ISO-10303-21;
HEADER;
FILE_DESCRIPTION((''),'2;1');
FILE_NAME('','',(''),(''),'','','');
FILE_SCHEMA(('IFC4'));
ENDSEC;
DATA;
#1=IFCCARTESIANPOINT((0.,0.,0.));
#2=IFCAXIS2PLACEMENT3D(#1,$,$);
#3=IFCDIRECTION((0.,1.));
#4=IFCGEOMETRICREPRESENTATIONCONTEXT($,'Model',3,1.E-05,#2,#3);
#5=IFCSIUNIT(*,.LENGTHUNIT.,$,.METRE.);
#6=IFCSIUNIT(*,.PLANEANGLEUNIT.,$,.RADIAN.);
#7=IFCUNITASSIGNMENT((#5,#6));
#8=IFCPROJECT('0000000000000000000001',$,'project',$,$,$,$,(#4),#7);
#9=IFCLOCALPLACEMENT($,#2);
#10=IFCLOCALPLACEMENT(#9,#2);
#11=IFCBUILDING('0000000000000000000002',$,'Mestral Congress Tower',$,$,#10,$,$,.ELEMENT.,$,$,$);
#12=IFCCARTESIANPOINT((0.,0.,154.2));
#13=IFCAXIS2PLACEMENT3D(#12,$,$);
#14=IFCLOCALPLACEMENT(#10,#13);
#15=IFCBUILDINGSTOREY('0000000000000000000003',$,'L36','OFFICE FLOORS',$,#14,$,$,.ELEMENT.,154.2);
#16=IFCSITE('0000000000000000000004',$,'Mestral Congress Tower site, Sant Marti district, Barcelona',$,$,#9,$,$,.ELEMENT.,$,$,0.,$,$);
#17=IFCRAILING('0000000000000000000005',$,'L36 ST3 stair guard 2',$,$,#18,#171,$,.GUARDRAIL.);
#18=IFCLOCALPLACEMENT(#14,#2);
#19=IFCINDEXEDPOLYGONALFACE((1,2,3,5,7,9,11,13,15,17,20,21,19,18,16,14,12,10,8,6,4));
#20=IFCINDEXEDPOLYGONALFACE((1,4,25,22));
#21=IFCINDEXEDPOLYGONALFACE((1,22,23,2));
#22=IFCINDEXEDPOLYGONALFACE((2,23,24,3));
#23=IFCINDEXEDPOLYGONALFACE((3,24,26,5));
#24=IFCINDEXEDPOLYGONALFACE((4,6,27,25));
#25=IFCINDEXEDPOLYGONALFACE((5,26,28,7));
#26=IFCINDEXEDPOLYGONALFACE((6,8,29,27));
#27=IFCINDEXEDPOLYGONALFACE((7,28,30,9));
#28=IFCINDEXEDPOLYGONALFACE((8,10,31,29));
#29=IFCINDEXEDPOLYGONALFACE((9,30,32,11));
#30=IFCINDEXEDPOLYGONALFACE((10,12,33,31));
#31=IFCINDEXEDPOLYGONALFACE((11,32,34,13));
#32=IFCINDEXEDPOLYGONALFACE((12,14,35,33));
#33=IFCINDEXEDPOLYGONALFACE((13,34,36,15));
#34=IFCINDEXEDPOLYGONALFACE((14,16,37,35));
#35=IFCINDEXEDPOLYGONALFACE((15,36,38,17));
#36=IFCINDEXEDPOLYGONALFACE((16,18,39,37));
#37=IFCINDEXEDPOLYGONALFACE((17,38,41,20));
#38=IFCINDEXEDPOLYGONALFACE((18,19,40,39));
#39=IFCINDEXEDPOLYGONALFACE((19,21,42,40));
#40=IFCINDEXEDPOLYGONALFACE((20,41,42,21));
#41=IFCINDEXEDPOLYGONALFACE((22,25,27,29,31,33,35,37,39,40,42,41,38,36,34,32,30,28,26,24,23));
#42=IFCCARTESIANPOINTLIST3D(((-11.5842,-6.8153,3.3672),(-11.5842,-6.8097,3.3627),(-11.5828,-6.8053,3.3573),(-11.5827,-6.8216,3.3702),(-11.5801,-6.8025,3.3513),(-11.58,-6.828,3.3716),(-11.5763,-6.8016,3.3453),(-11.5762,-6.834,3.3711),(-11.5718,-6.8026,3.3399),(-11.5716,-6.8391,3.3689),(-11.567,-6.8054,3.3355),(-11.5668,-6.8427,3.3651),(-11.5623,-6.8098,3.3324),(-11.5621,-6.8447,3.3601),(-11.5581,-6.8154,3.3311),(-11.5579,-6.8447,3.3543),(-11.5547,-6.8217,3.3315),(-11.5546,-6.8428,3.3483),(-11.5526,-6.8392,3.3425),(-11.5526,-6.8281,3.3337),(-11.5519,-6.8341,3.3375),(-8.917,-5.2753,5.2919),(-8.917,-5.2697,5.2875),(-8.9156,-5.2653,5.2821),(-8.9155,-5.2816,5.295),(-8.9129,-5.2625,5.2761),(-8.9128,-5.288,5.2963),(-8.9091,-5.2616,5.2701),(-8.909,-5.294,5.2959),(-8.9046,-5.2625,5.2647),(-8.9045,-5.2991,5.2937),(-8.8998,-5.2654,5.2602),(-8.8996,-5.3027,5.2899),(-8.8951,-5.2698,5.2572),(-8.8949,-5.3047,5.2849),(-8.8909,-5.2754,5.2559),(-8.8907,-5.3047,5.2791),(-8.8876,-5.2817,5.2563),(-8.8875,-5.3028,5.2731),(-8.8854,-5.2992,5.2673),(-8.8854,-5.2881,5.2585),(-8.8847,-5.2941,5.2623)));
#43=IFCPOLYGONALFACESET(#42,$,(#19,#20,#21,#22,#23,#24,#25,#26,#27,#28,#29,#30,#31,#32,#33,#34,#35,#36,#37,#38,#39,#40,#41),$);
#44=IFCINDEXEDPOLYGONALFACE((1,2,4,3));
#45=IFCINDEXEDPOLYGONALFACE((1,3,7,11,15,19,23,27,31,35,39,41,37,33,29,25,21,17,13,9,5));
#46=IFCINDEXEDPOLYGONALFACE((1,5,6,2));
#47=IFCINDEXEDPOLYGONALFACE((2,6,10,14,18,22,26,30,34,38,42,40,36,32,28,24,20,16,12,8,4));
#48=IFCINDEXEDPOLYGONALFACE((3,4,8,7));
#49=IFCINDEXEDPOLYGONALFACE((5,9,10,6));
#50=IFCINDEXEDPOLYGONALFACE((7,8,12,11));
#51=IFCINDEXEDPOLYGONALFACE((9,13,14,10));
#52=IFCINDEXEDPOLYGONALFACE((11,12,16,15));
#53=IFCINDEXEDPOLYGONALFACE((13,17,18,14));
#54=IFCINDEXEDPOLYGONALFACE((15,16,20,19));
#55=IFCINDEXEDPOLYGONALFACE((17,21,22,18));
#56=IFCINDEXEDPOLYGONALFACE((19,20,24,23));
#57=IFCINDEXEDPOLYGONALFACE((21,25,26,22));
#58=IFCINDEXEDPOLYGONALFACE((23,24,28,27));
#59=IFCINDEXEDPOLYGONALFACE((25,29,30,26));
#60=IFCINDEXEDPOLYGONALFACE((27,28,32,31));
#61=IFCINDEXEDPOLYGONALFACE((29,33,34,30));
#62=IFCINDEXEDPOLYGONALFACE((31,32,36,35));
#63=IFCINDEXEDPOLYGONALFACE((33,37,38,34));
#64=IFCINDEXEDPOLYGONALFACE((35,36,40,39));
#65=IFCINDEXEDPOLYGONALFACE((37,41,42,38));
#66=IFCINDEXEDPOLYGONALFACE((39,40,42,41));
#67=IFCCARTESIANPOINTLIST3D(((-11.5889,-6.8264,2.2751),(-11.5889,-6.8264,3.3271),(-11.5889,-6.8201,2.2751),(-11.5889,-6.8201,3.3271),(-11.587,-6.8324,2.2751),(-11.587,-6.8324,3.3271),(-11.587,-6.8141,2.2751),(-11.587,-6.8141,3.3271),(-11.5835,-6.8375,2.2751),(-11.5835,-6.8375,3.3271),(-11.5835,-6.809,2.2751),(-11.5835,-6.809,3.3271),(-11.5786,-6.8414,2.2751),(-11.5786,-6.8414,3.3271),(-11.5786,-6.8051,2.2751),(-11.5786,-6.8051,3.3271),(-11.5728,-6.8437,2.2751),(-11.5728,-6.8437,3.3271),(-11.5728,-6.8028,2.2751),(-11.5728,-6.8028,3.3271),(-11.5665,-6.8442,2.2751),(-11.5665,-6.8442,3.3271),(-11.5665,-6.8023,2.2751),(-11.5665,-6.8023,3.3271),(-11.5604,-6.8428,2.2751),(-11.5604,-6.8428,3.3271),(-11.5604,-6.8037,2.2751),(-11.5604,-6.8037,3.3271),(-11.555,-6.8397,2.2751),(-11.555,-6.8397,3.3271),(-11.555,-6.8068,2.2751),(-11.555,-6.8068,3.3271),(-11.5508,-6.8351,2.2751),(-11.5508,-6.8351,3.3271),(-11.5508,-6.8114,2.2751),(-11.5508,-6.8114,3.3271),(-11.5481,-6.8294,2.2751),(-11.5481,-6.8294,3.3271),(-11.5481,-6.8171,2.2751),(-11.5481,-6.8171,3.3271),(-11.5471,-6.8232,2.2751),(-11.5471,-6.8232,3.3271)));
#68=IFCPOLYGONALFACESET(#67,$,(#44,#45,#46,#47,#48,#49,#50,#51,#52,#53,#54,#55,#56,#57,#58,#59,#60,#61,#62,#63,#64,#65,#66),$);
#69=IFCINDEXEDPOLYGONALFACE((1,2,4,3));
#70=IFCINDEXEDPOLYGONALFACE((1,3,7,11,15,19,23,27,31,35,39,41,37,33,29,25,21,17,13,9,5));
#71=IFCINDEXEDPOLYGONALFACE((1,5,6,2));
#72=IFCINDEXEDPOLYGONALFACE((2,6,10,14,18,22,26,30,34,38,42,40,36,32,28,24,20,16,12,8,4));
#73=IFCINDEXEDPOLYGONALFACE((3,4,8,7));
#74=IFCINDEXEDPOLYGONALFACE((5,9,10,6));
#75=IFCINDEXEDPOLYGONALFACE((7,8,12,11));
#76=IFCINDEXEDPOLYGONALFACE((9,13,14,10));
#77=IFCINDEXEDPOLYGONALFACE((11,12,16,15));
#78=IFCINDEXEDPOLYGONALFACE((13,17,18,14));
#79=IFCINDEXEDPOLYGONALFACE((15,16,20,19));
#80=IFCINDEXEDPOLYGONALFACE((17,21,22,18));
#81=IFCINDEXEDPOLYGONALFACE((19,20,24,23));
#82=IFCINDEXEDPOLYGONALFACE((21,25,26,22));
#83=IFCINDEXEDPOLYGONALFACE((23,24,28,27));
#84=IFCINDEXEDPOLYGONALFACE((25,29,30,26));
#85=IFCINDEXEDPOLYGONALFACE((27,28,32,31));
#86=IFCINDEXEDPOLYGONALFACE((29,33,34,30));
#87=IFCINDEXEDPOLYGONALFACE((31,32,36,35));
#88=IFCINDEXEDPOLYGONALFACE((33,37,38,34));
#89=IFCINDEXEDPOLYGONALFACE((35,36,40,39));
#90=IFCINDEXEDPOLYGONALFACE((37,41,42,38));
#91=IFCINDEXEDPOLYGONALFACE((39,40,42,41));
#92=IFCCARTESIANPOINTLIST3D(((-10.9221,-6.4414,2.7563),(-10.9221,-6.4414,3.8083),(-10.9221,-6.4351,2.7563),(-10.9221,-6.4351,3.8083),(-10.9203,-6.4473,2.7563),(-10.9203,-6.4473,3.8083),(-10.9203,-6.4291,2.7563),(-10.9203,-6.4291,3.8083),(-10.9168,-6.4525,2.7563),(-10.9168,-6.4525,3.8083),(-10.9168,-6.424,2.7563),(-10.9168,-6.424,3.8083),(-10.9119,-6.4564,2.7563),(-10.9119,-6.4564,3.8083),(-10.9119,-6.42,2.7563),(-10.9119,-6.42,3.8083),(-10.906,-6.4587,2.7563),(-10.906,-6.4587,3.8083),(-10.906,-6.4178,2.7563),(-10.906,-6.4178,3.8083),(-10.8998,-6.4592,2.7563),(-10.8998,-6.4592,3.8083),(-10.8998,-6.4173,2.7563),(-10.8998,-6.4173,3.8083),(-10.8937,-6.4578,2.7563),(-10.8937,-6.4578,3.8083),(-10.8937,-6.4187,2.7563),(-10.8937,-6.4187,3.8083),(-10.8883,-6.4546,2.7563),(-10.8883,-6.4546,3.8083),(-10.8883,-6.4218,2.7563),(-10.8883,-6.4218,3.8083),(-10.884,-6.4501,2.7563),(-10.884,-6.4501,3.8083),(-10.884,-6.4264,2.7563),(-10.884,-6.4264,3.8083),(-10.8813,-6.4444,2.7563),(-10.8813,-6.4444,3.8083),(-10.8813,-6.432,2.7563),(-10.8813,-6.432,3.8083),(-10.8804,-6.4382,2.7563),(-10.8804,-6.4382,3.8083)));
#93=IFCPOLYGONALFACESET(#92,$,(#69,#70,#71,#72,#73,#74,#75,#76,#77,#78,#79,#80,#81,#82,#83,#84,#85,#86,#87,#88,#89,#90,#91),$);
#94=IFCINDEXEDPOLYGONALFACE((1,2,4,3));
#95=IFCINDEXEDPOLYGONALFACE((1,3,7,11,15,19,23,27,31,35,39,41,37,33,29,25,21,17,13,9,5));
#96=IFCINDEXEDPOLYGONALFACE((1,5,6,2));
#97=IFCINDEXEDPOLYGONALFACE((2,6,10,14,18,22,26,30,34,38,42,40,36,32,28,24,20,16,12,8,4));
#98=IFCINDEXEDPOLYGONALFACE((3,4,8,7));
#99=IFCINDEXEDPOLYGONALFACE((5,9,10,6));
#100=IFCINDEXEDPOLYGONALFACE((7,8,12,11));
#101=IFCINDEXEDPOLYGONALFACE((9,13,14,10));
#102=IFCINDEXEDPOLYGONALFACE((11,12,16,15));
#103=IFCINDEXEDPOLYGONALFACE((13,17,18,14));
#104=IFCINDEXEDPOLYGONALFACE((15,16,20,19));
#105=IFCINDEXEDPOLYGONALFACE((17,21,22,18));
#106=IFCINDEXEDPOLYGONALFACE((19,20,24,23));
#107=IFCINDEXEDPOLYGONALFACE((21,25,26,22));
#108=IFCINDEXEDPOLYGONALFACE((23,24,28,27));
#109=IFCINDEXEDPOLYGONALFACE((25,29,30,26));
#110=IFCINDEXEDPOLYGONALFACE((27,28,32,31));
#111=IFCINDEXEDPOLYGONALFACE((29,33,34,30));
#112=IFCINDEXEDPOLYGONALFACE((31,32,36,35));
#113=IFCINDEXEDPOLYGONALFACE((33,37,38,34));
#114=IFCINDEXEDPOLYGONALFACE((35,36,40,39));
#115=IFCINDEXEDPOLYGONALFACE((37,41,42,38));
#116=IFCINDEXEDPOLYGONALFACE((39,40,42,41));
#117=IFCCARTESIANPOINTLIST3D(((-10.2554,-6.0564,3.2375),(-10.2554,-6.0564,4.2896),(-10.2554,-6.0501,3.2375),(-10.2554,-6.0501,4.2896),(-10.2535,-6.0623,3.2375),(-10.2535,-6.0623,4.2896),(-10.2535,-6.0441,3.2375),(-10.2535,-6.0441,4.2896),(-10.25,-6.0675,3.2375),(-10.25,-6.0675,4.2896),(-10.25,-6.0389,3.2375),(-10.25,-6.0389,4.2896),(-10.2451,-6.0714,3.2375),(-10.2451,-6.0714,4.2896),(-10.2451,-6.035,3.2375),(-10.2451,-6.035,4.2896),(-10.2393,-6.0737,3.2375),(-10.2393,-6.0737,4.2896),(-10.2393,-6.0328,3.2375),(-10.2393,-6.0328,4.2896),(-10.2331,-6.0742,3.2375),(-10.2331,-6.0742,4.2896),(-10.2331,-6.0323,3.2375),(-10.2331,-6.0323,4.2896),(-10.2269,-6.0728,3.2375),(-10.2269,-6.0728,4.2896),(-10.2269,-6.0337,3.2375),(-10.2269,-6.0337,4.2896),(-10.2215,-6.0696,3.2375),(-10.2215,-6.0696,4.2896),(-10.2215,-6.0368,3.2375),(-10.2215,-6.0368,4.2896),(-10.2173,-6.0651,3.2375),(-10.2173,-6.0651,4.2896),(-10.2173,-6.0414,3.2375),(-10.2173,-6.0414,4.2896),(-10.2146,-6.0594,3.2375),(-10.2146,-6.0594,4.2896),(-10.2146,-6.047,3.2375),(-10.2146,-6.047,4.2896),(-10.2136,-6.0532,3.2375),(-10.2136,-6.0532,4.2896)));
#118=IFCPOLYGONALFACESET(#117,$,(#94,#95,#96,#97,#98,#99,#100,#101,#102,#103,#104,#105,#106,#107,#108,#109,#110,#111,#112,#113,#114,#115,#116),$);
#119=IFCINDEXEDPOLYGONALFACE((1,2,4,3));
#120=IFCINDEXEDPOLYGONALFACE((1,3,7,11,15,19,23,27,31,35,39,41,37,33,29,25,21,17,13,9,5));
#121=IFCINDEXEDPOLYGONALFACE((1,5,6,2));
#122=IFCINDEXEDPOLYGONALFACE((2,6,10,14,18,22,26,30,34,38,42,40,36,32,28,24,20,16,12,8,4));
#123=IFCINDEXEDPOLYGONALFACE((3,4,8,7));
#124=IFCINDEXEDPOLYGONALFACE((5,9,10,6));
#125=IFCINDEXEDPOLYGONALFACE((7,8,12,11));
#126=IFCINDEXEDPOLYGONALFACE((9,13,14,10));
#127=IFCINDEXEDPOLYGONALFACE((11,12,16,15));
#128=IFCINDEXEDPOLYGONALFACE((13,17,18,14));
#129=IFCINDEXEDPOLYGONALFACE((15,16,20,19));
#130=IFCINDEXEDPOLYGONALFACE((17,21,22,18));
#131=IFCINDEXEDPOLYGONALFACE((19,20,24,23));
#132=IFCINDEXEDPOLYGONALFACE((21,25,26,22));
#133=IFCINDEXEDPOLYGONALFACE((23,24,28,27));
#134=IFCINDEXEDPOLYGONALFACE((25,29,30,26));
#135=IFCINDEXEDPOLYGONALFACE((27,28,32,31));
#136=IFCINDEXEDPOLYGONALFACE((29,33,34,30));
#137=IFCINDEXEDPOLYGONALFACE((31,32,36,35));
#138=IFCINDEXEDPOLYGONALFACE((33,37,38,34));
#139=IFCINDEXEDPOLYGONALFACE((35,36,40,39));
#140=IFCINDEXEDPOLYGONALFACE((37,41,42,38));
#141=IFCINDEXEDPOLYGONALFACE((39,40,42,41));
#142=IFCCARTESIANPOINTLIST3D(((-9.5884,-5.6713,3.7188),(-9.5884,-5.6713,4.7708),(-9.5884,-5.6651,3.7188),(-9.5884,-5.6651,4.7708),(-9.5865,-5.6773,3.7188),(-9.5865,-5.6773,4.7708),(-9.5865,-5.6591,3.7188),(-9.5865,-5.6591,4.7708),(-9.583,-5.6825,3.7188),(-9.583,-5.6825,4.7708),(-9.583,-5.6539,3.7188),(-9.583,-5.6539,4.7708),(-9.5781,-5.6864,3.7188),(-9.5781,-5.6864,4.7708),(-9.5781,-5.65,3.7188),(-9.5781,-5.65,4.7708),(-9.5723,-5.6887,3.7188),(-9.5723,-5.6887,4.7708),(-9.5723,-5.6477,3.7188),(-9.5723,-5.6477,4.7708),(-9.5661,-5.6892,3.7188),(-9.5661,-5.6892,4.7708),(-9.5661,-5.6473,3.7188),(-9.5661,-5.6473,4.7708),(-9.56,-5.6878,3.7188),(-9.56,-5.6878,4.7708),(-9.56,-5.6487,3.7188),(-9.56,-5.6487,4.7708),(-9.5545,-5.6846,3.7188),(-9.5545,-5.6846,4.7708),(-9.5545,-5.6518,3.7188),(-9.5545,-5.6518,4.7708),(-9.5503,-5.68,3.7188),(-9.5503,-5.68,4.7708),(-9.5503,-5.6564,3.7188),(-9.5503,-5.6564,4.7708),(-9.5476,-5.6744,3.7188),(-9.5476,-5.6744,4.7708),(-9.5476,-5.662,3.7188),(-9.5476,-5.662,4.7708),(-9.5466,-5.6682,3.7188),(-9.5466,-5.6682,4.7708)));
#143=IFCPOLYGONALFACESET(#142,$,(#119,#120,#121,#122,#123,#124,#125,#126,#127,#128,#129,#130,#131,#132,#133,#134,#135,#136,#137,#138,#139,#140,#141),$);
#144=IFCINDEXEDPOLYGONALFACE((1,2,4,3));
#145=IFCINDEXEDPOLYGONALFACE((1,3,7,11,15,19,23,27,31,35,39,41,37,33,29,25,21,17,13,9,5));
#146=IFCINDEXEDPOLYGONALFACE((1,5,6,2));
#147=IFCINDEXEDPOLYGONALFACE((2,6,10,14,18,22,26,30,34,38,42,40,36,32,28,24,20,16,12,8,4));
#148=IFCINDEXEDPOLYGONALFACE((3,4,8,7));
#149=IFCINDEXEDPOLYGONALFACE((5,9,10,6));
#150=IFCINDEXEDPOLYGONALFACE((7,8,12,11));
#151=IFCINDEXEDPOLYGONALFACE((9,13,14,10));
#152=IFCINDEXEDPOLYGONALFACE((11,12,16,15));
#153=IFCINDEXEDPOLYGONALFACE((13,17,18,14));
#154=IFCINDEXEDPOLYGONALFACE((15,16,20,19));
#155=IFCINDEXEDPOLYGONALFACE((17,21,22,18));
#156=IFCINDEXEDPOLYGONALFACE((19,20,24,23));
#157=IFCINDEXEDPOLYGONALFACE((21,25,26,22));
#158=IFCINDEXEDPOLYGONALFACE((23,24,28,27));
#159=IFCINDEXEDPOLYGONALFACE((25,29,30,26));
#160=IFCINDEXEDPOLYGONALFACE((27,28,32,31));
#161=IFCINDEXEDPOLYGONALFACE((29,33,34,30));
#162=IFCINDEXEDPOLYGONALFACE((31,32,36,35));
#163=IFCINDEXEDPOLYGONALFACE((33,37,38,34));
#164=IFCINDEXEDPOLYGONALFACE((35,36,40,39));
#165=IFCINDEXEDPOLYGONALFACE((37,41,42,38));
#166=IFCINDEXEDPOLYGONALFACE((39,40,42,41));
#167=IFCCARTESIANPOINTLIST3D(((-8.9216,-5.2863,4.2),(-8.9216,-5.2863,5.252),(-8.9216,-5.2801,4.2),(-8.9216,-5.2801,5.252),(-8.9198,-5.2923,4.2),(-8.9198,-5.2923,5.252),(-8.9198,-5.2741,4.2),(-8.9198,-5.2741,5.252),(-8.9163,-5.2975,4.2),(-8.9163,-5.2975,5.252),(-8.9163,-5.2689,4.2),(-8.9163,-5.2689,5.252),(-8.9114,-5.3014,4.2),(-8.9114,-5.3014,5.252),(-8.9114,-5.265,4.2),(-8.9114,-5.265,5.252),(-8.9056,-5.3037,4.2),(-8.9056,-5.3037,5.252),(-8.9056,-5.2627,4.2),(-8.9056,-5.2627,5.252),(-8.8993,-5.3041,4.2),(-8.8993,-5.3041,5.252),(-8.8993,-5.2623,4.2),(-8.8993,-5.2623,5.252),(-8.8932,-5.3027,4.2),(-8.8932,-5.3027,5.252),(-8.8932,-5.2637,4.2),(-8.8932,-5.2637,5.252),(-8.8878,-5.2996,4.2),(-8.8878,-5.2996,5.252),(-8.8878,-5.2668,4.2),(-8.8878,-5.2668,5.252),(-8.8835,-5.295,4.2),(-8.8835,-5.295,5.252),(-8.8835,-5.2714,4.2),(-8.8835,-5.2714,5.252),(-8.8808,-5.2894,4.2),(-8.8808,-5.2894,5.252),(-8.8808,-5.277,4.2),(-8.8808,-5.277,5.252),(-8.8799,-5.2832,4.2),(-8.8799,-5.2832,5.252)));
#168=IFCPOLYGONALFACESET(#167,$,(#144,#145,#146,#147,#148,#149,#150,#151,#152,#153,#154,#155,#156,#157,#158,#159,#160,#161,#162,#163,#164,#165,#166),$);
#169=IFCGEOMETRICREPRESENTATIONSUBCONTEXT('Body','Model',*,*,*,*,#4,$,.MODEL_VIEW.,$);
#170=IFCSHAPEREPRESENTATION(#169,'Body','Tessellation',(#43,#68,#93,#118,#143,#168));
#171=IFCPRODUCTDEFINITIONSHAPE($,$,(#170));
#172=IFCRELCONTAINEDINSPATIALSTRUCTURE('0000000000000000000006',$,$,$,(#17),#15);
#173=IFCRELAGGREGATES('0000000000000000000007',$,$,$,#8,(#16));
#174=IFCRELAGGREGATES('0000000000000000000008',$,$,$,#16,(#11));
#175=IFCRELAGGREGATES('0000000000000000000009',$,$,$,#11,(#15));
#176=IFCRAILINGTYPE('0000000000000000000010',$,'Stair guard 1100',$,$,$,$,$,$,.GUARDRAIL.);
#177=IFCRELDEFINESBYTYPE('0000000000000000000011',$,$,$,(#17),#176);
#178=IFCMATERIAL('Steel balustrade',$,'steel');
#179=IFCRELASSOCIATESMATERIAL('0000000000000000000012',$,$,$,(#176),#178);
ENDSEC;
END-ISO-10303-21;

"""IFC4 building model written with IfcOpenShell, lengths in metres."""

from ifc_helpers import new_model, si_unit, direction, frame, origin, origin_2d, place, context, subcontext, project, spatial, circle, extrude, material, type_object, element, save


model = new_model("IFC4")

# Units and contexts
model_context = context("Model", 3, precision=1e-05, world=origin(), true_north=direction((0.0, 1.0)))
body_context = subcontext(model_context, "Body", "Model", "MODEL_VIEW")
ifc_project = project(units=[si_unit("LENGTHUNIT", "METRE"), si_unit("PLANEANGLEUNIT", "RADIAN")], contexts=[model_context])

# Site, building, storey
site_placement = place(None, origin())
site = spatial("IfcSite", under=ifc_project, at=site_placement, Name="Mestral Congress Tower site, Sant Marti district, Barcelona", CompositionType="ELEMENT", RefElevation=0.0)
building_placement = place(site_placement, origin())
building = spatial("IfcBuilding", under=site, at=building_placement, Name="Mestral Congress Tower", CompositionType="ELEMENT")
storey_placement = place(building_placement, frame((0.0, 0.0, 154.2)))
storey = spatial("IfcBuildingStorey", under=building, at=storey_placement, Name="L36", Description="OFFICE FLOORS", CompositionType="ELEMENT", Elevation=154.2)

# Railing
ifc_material_1 = material(Name="Steel balustrade", Category="steel")
railing_type_1 = type_object("IfcRailingType", Name="Stair guard 1100", PredefinedType="GUARDRAIL", material=ifc_material_1)
railing_1_placement = place(storey_placement, frame((-11.5681, -6.8232, 2.2751)))
element("IfcRailing", 1, at=railing_1_placement, inside=storey, type_object=railing_type_1, Name="L36 ST3 stair guard 2", PredefinedType="GUARDRAIL", context=body_context, shape_type="SweptSolid", body=[
    extrude(circle(Radius=0.0239, at=origin_2d()), frame((0.0, 0.0, 1.0762), z_axis=(0.73439, 0.424031, 0.529971), x_axis=(-0.500027, 0.86601, 0.0)), (0.0, 0.0, 1.0), 3.6318),
    extrude(circle(Radius=0.021, at=origin_2d()), origin(), (0.0, 0.0, 1.0), 1.052),
    extrude(circle(Radius=0.021, at=origin_2d()), frame((0.6667, 0.385, 0.4812)), (0.0, 0.0, 1.0), 1.052),
    extrude(circle(Radius=0.021, at=origin_2d()), frame((1.3335, 0.77, 0.9624)), (0.0, 0.0, 1.0), 1.052),
    extrude(circle(Radius=0.021, at=origin_2d()), frame((2.0005, 1.155, 1.4436)), (0.0, 0.0, 1.0), 1.052),
    extrude(circle(Radius=0.021, at=origin_2d()), frame((2.6672, 1.54, 1.9248)), (0.0, 0.0, 1.0), 1.052),
])

save(model, "model.ifc")
